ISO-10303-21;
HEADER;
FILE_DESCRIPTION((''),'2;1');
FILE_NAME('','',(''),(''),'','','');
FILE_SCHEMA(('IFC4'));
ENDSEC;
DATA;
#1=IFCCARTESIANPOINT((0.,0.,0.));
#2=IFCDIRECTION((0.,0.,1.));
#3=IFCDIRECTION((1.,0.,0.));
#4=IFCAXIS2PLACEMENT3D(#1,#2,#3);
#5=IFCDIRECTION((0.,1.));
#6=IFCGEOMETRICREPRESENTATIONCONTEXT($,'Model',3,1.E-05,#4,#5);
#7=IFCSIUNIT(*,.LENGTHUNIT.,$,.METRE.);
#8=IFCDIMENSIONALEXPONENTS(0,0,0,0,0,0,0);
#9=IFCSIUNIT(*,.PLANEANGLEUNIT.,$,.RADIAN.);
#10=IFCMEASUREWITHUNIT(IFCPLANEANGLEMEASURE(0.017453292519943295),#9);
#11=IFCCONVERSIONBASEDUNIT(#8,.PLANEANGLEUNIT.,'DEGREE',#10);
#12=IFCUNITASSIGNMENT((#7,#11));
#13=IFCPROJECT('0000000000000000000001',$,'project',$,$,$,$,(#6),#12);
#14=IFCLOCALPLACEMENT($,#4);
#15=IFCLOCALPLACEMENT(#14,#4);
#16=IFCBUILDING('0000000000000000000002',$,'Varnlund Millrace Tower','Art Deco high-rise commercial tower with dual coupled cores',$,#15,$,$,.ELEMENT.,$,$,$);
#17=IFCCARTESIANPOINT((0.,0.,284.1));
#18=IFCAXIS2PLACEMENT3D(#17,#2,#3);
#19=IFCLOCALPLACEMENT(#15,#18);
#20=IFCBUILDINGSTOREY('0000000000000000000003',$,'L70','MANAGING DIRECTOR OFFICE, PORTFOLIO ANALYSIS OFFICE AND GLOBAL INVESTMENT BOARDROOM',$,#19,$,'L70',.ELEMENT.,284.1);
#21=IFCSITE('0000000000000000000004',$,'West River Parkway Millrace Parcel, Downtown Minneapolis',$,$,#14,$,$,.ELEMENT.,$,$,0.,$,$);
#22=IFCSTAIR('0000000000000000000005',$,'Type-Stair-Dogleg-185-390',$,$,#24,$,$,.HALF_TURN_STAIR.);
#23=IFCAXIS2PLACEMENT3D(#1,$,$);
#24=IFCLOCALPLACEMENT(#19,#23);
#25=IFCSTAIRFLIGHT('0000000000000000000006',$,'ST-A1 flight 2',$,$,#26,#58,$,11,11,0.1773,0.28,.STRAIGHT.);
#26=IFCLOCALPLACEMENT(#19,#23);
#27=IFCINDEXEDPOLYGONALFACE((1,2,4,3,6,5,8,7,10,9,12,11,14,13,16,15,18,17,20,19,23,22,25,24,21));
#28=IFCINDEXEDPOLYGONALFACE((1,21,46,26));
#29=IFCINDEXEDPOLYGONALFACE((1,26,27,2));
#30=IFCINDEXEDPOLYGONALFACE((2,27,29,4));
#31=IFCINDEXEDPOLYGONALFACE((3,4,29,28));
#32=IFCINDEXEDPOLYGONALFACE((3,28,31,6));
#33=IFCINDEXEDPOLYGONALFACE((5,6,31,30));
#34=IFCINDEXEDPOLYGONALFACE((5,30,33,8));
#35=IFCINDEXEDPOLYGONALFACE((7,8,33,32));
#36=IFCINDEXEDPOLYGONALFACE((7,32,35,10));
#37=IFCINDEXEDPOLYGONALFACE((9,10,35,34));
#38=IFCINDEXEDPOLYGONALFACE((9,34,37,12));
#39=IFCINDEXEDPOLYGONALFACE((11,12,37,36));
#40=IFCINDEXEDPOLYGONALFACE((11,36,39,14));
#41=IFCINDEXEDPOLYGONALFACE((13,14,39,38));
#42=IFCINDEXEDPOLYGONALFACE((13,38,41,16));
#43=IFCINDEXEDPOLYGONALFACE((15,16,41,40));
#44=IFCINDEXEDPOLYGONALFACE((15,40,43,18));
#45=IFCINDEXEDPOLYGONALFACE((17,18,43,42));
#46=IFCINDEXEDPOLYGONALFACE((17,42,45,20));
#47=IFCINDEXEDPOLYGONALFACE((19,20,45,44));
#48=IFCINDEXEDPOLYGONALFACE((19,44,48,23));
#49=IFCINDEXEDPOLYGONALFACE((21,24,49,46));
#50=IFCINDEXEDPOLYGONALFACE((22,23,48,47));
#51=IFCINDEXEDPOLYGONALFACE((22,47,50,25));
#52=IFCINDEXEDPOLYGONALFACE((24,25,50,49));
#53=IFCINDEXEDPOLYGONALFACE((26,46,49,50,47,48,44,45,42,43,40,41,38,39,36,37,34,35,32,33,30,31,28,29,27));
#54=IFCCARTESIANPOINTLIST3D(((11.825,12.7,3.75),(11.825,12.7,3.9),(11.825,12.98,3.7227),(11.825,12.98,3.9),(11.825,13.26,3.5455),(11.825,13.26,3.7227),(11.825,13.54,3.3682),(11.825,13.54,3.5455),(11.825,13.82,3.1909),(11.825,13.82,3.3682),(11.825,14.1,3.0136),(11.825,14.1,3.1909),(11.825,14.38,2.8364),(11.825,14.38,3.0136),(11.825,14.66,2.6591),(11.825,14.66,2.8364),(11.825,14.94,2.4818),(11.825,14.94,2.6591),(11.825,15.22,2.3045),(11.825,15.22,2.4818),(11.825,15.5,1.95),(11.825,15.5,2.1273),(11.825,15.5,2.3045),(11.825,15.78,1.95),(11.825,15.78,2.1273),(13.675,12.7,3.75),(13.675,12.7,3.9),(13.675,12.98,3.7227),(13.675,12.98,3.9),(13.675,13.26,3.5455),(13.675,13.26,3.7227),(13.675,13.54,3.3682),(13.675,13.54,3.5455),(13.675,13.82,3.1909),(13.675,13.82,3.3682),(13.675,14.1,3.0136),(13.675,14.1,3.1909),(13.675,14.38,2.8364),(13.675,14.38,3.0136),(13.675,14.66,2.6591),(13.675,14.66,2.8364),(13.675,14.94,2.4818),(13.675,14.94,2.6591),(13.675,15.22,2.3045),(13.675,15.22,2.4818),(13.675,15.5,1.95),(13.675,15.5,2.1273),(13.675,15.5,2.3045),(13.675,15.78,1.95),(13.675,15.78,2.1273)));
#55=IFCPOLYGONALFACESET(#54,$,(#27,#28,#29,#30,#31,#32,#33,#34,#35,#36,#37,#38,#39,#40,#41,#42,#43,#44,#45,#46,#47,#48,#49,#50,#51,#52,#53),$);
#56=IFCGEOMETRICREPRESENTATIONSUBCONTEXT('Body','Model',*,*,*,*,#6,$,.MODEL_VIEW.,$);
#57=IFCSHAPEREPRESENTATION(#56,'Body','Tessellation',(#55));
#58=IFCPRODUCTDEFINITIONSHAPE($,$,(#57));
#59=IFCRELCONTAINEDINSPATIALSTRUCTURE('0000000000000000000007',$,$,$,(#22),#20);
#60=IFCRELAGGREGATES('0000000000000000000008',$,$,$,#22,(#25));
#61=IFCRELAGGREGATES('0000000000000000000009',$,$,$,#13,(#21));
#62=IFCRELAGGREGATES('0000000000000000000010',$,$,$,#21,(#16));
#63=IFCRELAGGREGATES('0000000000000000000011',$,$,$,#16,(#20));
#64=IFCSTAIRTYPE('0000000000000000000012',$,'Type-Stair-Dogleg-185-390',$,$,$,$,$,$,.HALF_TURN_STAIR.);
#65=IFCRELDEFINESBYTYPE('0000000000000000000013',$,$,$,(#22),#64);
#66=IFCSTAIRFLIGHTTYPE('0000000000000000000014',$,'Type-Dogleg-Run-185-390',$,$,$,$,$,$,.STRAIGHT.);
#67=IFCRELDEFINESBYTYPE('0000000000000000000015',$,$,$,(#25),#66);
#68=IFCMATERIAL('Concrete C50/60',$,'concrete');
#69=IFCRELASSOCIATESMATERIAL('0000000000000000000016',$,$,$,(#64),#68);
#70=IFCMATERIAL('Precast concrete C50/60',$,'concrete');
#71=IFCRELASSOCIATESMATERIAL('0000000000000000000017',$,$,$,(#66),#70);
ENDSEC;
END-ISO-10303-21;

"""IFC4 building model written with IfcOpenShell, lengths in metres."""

from ifc_helpers import new_model, entity, si_unit, converted_unit, direction, frame, origin_with_axes, place, context, subcontext, project, spatial, polyline, outline, extrude, material, type_object, element, aggregate, save


model = new_model("IFC4")

# Units and contexts
model_context = context("Model", 3, precision=1e-05, world=origin_with_axes(), true_north=direction((0.0, 1.0)))
body_context = subcontext(model_context, "Body", "Model", "MODEL_VIEW")
ifc_project = project(units=[si_unit("LENGTHUNIT", "METRE"), converted_unit("PLANEANGLEUNIT", "DEGREE", entity("IfcPlaneAngleMeasure", 0.017453292519943295), si_unit("PLANEANGLEUNIT", "RADIAN"), dimensions=[0, 0, 0, 0, 0, 0, 0])], contexts=[model_context])

# Site, building, storey
site_placement = place(None, origin_with_axes())
site = spatial("IfcSite", under=ifc_project, at=site_placement, Name="West River Parkway Millrace Parcel, Downtown Minneapolis", CompositionType="ELEMENT", RefElevation=0.0)
building_placement = place(site_placement, origin_with_axes())
building = spatial("IfcBuilding", under=site, at=building_placement, Name="Varnlund Millrace Tower", Description="Art Deco high-rise commercial tower with dual coupled cores", CompositionType="ELEMENT")
storey_placement = place(building_placement, frame((0.0, 0.0, 284.1), z_axis=(0.0, 0.0, 1.0), x_axis=(1.0, 0.0, 0.0)))
storey = spatial("IfcBuildingStorey", under=building, at=storey_placement, Name="L70", Description="MANAGING DIRECTOR OFFICE, PORTFOLIO ANALYSIS OFFICE AND GLOBAL INVESTMENT BOARDROOM", LongName="L70", CompositionType="ELEMENT", Elevation=284.1)

# Stair, stair flight
ifc_material_1 = material(Name="Concrete C50/60", Category="concrete")
stair_type = type_object("IfcStairType", Name="Type-Stair-Dogleg-185-390", PredefinedType="HALF_TURN_STAIR", material=ifc_material_1)
stair_placement = place(storey_placement, origin_with_axes())
stair = element("IfcStair", 1, at=stair_placement, inside=storey, type_object=stair_type, Name="Type-Stair-Dogleg-185-390", PredefinedType="HALF_TURN_STAIR")
ifc_material_2 = material(Name="Precast concrete C50/60", Category="concrete")
stair_flight_type = type_object("IfcStairFlightType", Name="Type-Dogleg-Run-185-390", PredefinedType="STRAIGHT", material=ifc_material_2)
stair_flight_placement = place(storey_placement, frame((13.675, 15.78, 1.95), z_axis=(-1.0, 0.0, 0.0), x_axis=(0.0, -1.0, 0.0)))
stair_flight = element("IfcStairFlight", 2, at=stair_flight_placement, type_object=stair_flight_type, Name="ST-A1 flight 2", NumberOfRisers=11, NumberOfTreads=11, PredefinedType="STRAIGHT", RiserHeight=0.1773, TreadLength=0.28, context=body_context, shape_type="SweptSolid", body=[
    extrude(outline(polyline([(0.0, 0.0), (0.0, 0.1773), (0.28, 0.1773), (0.28, 0.3545), (0.56, 0.3545), (0.56, 0.5318), (0.84, 0.5318), (0.84, 0.7091), (1.12, 0.7091), (1.12, 0.8864), (1.4, 0.8864), (1.4, 1.0636), (1.68, 1.0636), (1.68, 1.2409), (1.96, 1.2409), (1.96, 1.4182), (2.24, 1.4182), (2.24, 1.5955), (2.52, 1.5955), (2.52, 1.7727), (2.8, 1.7727), (2.8, 1.95), (3.08, 1.95), (3.08, 1.8), (0.28, 0.0), (0.0, 0.0)])), origin_with_axes(), (0.0, 0.0, 1.0), 1.85),
])
aggregate(stair, [stair_flight])

save(model, "model.ifc")
